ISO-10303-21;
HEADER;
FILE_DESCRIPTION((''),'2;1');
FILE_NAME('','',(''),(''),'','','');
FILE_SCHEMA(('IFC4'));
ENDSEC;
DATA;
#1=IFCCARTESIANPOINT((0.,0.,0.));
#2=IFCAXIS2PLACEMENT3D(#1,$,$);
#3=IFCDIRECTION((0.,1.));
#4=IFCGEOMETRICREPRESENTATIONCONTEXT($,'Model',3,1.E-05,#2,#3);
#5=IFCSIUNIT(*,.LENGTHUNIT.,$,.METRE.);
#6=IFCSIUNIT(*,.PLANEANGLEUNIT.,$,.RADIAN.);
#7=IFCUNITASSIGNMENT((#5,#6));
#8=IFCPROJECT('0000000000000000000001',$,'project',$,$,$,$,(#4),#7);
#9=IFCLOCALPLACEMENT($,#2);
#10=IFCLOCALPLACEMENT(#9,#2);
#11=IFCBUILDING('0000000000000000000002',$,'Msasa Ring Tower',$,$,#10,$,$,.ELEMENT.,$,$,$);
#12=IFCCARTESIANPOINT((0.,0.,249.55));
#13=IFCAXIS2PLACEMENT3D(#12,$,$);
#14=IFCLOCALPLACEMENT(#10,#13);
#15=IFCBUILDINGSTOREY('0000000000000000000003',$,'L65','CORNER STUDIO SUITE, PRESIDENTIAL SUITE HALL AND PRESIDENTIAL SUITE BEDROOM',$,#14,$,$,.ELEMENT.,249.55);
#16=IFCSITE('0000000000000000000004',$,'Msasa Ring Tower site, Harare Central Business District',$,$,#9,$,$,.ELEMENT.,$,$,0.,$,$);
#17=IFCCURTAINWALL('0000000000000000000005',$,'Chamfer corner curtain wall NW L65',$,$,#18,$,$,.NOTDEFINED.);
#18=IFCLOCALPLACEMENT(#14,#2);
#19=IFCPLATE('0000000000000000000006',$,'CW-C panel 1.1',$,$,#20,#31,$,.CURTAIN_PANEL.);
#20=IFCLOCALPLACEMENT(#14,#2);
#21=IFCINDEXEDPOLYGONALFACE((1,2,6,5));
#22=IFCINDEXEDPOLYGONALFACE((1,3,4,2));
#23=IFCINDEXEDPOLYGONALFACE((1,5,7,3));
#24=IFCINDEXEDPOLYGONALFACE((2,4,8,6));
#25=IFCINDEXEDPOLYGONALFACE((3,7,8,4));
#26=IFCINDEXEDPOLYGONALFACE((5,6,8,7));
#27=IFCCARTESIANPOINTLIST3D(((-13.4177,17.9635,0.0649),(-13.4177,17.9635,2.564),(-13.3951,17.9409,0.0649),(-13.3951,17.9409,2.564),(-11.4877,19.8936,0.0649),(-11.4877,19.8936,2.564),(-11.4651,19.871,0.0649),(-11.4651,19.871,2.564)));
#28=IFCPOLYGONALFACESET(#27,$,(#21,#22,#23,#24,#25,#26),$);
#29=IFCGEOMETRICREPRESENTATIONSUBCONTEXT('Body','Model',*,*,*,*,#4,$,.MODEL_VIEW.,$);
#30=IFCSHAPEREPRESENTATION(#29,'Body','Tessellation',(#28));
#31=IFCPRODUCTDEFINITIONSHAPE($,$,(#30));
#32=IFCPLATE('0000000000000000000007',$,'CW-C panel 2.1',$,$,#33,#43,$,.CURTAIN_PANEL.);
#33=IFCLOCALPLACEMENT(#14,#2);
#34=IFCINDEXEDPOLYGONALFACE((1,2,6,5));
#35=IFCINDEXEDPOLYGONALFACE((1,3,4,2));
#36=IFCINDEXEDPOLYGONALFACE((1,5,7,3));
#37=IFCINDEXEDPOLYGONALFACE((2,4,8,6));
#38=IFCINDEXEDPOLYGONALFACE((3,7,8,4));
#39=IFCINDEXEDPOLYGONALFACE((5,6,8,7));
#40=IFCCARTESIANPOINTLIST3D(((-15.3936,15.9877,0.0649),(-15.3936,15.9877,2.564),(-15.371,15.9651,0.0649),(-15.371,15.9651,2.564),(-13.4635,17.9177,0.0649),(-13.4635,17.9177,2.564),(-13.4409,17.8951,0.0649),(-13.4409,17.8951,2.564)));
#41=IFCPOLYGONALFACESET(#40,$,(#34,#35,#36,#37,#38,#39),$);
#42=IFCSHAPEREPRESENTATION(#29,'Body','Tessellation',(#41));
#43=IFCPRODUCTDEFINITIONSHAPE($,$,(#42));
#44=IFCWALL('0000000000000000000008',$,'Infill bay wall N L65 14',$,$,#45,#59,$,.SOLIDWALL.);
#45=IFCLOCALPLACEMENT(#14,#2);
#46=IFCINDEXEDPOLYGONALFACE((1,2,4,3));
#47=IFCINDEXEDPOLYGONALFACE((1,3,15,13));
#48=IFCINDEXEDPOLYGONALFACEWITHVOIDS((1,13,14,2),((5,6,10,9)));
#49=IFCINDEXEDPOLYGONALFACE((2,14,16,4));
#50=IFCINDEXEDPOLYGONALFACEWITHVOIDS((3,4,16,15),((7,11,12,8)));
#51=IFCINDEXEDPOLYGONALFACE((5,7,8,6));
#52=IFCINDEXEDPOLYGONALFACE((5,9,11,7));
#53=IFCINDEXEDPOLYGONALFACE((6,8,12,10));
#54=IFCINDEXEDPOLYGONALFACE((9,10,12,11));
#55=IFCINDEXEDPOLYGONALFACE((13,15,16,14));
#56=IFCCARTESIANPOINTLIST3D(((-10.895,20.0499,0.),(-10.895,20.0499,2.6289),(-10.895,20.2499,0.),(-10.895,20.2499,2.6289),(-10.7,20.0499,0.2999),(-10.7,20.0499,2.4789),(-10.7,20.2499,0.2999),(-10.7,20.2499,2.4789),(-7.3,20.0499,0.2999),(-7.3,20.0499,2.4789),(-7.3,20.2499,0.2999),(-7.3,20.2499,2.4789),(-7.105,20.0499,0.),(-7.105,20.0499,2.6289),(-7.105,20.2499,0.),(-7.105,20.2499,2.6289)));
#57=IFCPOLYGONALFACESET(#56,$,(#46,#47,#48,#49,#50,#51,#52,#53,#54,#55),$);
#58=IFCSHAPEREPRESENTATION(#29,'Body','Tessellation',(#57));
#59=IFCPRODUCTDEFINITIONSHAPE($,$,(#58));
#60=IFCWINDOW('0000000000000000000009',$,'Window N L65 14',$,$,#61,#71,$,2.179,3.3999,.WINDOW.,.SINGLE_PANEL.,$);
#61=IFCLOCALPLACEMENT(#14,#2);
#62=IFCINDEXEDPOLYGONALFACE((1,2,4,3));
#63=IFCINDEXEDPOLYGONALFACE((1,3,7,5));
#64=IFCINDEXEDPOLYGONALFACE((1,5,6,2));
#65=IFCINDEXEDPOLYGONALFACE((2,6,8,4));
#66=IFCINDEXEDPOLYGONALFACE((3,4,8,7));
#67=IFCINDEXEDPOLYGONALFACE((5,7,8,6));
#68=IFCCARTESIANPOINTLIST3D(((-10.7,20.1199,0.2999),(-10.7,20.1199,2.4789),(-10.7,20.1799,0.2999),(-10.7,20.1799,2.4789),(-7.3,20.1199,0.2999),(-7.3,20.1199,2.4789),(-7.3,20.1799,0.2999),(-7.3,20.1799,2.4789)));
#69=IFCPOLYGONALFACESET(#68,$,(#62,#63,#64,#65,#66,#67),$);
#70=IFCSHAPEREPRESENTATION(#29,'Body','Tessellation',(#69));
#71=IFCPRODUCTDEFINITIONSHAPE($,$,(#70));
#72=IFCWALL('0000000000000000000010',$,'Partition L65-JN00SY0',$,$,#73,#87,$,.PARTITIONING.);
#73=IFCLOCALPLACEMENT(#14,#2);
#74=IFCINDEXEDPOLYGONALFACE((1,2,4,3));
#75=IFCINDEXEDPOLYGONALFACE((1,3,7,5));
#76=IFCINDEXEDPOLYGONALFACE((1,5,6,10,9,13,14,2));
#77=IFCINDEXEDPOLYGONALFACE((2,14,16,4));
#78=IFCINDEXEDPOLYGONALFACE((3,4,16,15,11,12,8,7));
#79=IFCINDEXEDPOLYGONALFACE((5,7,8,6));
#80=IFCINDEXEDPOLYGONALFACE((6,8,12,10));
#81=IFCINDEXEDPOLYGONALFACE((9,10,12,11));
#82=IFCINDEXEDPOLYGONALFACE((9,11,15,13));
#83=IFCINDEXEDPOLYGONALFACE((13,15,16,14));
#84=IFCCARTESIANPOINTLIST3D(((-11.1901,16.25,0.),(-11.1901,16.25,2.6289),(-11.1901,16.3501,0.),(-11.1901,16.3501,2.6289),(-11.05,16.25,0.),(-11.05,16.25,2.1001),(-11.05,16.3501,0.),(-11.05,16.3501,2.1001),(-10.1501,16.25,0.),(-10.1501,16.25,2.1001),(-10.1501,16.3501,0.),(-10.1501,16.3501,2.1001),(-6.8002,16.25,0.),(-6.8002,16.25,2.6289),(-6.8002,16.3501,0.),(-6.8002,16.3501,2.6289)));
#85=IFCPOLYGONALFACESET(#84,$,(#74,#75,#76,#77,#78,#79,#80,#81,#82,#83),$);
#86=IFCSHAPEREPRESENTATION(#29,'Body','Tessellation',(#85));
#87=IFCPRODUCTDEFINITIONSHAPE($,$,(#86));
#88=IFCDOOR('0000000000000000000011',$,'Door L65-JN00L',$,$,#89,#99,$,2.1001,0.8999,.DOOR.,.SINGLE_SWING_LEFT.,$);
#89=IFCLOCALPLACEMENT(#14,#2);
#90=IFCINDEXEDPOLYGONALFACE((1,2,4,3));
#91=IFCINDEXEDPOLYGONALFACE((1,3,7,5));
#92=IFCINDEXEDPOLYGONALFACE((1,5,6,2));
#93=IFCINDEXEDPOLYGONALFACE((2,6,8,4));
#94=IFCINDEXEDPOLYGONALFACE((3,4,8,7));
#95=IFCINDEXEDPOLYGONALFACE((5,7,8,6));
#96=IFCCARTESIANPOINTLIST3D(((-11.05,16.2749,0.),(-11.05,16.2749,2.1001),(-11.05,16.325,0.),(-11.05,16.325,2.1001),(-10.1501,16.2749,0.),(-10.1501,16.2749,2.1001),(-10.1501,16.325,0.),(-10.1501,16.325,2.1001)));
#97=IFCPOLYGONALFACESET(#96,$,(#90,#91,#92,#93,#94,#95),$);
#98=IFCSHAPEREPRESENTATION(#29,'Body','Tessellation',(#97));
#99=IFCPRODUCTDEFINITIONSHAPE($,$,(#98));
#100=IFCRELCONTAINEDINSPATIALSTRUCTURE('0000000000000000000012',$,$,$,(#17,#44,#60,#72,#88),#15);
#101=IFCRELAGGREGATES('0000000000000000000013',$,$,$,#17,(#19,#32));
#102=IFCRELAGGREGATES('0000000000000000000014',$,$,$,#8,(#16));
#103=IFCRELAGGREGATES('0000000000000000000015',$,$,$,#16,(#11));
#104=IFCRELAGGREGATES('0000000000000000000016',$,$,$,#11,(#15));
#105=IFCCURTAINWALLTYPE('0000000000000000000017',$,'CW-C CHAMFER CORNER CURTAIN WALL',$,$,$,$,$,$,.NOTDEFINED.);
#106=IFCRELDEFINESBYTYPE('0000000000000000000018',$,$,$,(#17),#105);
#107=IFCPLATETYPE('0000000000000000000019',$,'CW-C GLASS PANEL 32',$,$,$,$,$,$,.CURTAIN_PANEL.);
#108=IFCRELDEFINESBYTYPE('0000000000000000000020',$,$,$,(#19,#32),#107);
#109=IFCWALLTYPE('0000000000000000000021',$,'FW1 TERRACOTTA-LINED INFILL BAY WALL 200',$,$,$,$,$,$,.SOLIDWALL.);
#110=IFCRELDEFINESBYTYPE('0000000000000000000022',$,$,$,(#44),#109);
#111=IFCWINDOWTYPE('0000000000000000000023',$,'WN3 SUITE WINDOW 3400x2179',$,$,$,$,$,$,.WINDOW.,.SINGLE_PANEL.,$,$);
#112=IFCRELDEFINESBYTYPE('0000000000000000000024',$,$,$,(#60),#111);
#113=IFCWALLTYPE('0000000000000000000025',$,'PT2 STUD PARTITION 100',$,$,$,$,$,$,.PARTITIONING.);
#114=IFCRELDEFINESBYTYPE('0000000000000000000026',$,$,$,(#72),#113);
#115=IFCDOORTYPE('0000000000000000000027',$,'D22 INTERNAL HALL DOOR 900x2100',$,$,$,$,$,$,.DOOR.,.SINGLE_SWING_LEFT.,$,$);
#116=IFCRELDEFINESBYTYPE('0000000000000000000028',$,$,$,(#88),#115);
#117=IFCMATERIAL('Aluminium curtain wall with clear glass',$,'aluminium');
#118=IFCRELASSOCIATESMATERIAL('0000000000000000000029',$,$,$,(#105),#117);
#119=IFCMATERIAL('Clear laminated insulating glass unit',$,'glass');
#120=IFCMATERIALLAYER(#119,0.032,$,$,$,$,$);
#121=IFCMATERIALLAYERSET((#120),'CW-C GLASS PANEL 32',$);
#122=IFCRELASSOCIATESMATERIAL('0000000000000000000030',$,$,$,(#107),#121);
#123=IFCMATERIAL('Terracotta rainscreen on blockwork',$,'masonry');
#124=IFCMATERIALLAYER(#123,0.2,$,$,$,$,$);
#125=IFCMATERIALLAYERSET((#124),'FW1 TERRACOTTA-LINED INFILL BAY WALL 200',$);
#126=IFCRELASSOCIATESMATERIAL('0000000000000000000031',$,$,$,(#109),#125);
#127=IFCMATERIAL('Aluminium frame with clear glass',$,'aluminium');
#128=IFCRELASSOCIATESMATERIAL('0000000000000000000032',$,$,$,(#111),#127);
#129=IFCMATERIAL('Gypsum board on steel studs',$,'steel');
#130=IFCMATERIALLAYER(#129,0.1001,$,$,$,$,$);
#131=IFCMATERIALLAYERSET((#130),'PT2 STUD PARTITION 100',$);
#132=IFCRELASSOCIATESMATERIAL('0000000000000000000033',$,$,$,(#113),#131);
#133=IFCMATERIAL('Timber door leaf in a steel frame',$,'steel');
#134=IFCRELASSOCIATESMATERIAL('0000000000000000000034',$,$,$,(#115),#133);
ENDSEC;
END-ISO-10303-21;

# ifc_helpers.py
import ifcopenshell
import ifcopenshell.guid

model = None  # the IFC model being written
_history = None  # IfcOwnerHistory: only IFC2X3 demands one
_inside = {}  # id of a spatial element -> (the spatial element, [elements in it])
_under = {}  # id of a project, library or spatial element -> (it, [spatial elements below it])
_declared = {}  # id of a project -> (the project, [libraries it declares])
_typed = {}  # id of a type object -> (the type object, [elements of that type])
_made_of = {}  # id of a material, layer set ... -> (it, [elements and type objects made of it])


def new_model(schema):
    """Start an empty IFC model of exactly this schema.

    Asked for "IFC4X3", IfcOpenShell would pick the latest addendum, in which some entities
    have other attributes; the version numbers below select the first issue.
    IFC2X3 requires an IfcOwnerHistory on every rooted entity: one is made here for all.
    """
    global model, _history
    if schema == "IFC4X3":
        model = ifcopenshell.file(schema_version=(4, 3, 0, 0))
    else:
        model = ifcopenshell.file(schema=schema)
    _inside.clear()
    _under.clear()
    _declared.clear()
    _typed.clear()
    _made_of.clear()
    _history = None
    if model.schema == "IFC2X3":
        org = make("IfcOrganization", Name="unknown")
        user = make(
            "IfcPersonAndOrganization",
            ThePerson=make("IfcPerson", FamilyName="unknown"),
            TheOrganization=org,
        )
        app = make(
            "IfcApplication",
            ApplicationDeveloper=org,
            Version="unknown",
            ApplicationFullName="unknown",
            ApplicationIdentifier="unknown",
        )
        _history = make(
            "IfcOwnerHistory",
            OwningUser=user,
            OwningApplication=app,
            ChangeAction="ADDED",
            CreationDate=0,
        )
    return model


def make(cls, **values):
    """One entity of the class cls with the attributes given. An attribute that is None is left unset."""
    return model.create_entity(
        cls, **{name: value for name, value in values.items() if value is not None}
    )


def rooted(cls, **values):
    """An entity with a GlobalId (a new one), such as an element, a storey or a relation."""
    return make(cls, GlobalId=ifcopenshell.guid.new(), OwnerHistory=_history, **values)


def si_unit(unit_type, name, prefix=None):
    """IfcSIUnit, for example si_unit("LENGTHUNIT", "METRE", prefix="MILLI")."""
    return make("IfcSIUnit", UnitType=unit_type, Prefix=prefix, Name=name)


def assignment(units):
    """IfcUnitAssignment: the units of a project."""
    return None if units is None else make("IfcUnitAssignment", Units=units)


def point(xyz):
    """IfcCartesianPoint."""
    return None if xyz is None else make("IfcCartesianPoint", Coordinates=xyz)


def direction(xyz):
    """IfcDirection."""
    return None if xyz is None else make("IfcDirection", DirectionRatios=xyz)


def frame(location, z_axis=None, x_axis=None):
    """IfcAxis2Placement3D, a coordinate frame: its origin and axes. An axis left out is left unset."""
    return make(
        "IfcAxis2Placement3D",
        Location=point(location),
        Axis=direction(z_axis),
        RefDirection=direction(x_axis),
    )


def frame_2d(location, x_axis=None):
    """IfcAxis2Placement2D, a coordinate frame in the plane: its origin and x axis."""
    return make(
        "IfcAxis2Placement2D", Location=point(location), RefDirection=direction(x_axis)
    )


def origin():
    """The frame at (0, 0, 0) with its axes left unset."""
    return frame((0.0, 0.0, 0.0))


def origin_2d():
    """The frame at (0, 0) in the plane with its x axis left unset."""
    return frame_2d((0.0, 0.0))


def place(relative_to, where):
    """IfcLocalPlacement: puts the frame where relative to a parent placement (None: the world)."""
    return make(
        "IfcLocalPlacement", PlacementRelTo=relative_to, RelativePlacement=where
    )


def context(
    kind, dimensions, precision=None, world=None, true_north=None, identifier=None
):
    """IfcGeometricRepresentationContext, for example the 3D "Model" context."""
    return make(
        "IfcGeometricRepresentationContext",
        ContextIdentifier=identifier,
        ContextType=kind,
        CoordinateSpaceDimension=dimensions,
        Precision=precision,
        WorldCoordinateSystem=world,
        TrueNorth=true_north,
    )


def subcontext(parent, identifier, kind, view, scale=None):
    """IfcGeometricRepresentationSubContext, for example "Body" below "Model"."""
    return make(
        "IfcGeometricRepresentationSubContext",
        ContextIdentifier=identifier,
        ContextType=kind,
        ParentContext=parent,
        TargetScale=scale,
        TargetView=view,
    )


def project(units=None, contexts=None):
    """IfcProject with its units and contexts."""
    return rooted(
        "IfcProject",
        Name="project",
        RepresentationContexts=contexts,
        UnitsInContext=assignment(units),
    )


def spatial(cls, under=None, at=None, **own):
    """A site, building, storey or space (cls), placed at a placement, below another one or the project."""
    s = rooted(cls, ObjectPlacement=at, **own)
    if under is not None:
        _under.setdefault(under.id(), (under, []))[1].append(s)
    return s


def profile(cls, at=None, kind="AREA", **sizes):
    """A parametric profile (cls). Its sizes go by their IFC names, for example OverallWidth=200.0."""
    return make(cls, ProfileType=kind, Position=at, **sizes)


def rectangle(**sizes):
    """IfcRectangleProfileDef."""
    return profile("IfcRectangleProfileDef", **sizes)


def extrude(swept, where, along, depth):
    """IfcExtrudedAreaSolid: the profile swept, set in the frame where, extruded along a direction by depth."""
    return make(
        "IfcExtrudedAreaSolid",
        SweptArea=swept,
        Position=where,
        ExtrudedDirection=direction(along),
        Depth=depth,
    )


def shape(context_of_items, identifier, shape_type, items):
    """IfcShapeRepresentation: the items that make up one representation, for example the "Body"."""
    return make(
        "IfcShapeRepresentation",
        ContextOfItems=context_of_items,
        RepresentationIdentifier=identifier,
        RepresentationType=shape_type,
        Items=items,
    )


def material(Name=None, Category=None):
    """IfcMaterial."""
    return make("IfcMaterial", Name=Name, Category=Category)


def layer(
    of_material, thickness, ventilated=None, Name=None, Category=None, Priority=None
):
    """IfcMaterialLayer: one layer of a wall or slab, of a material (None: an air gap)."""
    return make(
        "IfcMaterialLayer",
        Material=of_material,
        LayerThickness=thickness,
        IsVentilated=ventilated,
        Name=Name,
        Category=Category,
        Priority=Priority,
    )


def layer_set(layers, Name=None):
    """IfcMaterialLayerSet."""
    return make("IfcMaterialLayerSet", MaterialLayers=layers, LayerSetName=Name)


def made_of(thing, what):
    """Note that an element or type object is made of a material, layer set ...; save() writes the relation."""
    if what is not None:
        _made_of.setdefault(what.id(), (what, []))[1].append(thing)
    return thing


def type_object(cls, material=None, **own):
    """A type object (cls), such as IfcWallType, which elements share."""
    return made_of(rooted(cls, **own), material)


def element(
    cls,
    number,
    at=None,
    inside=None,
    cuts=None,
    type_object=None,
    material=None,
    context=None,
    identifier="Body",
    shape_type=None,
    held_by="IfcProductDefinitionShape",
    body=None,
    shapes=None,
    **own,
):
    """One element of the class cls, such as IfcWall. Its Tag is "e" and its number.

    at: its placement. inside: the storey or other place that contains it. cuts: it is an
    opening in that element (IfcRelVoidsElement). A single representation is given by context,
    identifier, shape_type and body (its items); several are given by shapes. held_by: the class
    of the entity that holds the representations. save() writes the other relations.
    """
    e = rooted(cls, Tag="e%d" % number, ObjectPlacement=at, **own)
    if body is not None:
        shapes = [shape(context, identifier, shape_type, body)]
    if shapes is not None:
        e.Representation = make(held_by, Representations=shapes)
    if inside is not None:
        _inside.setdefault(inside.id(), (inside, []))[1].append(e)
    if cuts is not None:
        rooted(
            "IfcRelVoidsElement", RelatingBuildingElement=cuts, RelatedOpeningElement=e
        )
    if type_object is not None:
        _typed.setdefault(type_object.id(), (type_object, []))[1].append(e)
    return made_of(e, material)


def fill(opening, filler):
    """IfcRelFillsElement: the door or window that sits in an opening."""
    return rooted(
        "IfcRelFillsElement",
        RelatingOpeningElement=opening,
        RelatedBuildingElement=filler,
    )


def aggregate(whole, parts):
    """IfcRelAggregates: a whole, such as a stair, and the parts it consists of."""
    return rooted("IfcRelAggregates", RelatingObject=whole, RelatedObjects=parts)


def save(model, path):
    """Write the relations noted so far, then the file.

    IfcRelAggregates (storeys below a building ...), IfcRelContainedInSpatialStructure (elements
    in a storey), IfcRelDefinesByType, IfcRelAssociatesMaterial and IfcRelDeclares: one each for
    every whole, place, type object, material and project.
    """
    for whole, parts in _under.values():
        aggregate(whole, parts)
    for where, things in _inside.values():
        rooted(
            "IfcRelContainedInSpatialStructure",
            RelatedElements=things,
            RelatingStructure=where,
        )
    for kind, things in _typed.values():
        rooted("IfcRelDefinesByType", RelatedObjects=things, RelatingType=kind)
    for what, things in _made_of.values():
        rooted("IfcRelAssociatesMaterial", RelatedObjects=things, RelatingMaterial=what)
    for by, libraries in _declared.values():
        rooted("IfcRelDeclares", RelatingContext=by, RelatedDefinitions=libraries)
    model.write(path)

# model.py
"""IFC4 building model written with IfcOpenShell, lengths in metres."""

from ifc_helpers import new_model, si_unit, direction, frame, frame_2d, origin, origin_2d, place, context, subcontext, project, spatial, rectangle, extrude, material, layer, layer_set, type_object, element, fill, aggregate, save


model = new_model("IFC4")

# Units and contexts
model_context = context("Model", 3, precision=1e-05, world=origin(), true_north=direction((0.0, 1.0)))
body_context = subcontext(model_context, "Body", "Model", "MODEL_VIEW")
ifc_project = project(units=[si_unit("LENGTHUNIT", "METRE"), si_unit("PLANEANGLEUNIT", "RADIAN")], contexts=[model_context])

# Site, building, storey
site_placement = place(None, origin())
site = spatial("IfcSite", under=ifc_project, at=site_placement, Name="Msasa Ring Tower site, Harare Central Business District", CompositionType="ELEMENT", RefElevation=0.0)
building_placement = place(site_placement, origin())
building = spatial("IfcBuilding", under=site, at=building_placement, Name="Msasa Ring Tower", CompositionType="ELEMENT")
storey_placement = place(building_placement, frame((0.0, 0.0, 249.55)))
storey = spatial("IfcBuildingStorey", under=building, at=storey_placement, Name="L65", Description="CORNER STUDIO SUITE, PRESIDENTIAL SUITE HALL AND PRESIDENTIAL SUITE BEDROOM", CompositionType="ELEMENT", Elevation=249.55)

# Curtain wall
ifc_material_1 = material(Name="Aluminium curtain wall with clear glass", Category="aluminium")
curtain_wall_type = type_object("IfcCurtainWallType", Name="CW-C CHAMFER CORNER CURTAIN WALL", PredefinedType="NOTDEFINED", material=ifc_material_1)
curtain_wall_1_placement = place(storey_placement, origin())
curtain_wall_1 = element("IfcCurtainWall", 1, at=curtain_wall_1_placement, inside=storey, type_object=curtain_wall_type, Name="Chamfer corner curtain wall NW L65", PredefinedType="NOTDEFINED")

# Plates
ifc_material_2 = material(Name="Clear laminated insulating glass unit", Category="glass")
ifc_layer_1 = layer(ifc_material_2, 0.032)
ifc_layer_set_1 = layer_set([ifc_layer_1], Name="CW-C GLASS PANEL 32")
plate_type = type_object("IfcPlateType", Name="CW-C GLASS PANEL 32", PredefinedType="CURTAIN_PANEL", material=ifc_layer_set_1)
plate_1_placement = place(storey_placement, frame((-12.4414, 18.9172, 0.0649), z_axis=(0.0, 0.0, 1.0), x_axis=(-0.707107, -0.707107, 0.0)))
plate_1 = element("IfcPlate", 2, at=plate_1_placement, type_object=plate_type, Name="CW-C panel 1.1", PredefinedType="CURTAIN_PANEL", context=body_context, shape_type="SweptSolid", body=[
    extrude(rectangle(XDim=2.7295, YDim=0.032, at=origin_2d()), origin(), (0.0, 0.0, 1.0), 2.499),
])
plate_2_placement = place(storey_placement, frame((-14.4172, 16.9414, 0.0649), z_axis=(0.0, 0.0, 1.0), x_axis=(-0.707107, -0.707107, 0.0)))
plate_2 = element("IfcPlate", 3, at=plate_2_placement, type_object=plate_type, Name="CW-C panel 2.1", PredefinedType="CURTAIN_PANEL", context=body_context, shape_type="SweptSolid", body=[
    extrude(rectangle(XDim=2.7295, YDim=0.032, at=origin_2d()), origin(), (0.0, 0.0, 1.0), 2.499),
])
aggregate(curtain_wall_1, [plate_1, plate_2])

# Wall, opening, window
ifc_material_3 = material(Name="Terracotta rainscreen on blockwork", Category="masonry")
ifc_layer_2 = layer(ifc_material_3, 0.2)
ifc_layer_set_2 = layer_set([ifc_layer_2], Name="FW1 TERRACOTTA-LINED INFILL BAY WALL 200")
wall_type_1 = type_object("IfcWallType", Name="FW1 TERRACOTTA-LINED INFILL BAY WALL 200", PredefinedType="SOLIDWALL", material=ifc_layer_set_2)
wall_1_placement = place(storey_placement, frame((-10.895, 20.1499, 0.0), z_axis=(0.0, 0.0, 1.0), x_axis=(1.0, 0.0, 0.0)))
wall_1 = element("IfcWall", 4, at=wall_1_placement, inside=storey, type_object=wall_type_1, Name="Infill bay wall N L65 14", PredefinedType="SOLIDWALL", context=body_context, shape_type="SweptSolid", body=[
    extrude(rectangle(XDim=3.79, YDim=0.2, at=frame_2d((1.895, 0.0))), origin(), (0.0, 0.0, 1.0), 2.6289),
])
opening_1_placement = place(wall_1_placement, frame((0.1951, 0.0, 0.3)))
opening_1 = element("IfcOpeningElement", 5, at=opening_1_placement, cuts=wall_1, PredefinedType="OPENING", context=body_context, shape_type="SweptSolid", body=[
    extrude(rectangle(XDim=3.3999, YDim=2.179, at=frame_2d((1.7, 1.0894))), frame((0.0, 0.1099, 0.0), z_axis=(0.0, -1.0, 0.0), x_axis=(1.0, 0.0, 0.0)), (0.0, 0.0, 1.0), 0.22),
])
ifc_material_4 = material(Name="Aluminium frame with clear glass", Category="aluminium")
window_type = type_object("IfcWindowType", Name="WN3 SUITE WINDOW 3400x2179", PartitioningType="SINGLE_PANEL", PredefinedType="WINDOW", material=ifc_material_4)
window_placement = place(opening_1_placement, origin())
window = element("IfcWindow", 6, at=window_placement, inside=storey, type_object=window_type, Name="Window N L65 14", OverallHeight=2.179, OverallWidth=3.3999, PartitioningType="SINGLE_PANEL", PredefinedType="WINDOW", context=body_context, shape_type="SweptSolid", body=[
    extrude(rectangle(XDim=3.3999, YDim=2.179, at=frame_2d((1.7, 1.0894))), frame((0.0, 0.03, 0.0), z_axis=(0.0, -1.0, 0.0), x_axis=(1.0, 0.0, 0.0)), (0.0, 0.0, 1.0), 0.0601),
])
fill(opening_1, window)

# Wall, opening, door
ifc_material_5 = material(Name="Gypsum board on steel studs", Category="steel")
ifc_layer_3 = layer(ifc_material_5, 0.1001)
ifc_layer_set_3 = layer_set([ifc_layer_3], Name="PT2 STUD PARTITION 100")
wall_type_2 = type_object("IfcWallType", Name="PT2 STUD PARTITION 100", PredefinedType="PARTITIONING", material=ifc_layer_set_3)
wall_2_placement = place(storey_placement, frame((-11.1899, 16.3, 0.0), z_axis=(0.0, 0.0, 1.0), x_axis=(1.0, 0.0, 0.0)))
wall_2 = element("IfcWall", 7, at=wall_2_placement, inside=storey, type_object=wall_type_2, Name="Partition L65-JN00SY0", PredefinedType="PARTITIONING", context=body_context, shape_type="SweptSolid", body=[
    extrude(rectangle(XDim=4.3899, YDim=0.1001, at=frame_2d((2.1948, 0.0))), origin(), (0.0, 0.0, 1.0), 2.6289),
])
opening_2_placement = place(wall_2_placement, frame((0.1399, 0.0, 0.0)))
opening_2 = element("IfcOpeningElement", 8, at=opening_2_placement, cuts=wall_2, PredefinedType="OPENING", context=body_context, shape_type="SweptSolid", body=[
    extrude(rectangle(XDim=0.8999, YDim=2.1001, at=frame_2d((0.45, 1.05))), frame((0.0, 0.0601, 0.0), z_axis=(0.0, -1.0, 0.0), x_axis=(1.0, 0.0, 0.0)), (0.0, 0.0, 1.0), 0.1201),
])
ifc_material_6 = material(Name="Timber door leaf in a steel frame", Category="steel")
door_type = type_object("IfcDoorType", Name="D22 INTERNAL HALL DOOR 900x2100", OperationType="SINGLE_SWING_LEFT", PredefinedType="DOOR", material=ifc_material_6)
door_placement = place(opening_2_placement, origin())
door = element("IfcDoor", 9, at=door_placement, inside=storey, type_object=door_type, Name="Door L65-JN00L", OperationType="SINGLE_SWING_LEFT", OverallHeight=2.1001, OverallWidth=0.8999, PredefinedType="DOOR", context=body_context, shape_type="SweptSolid", body=[
    extrude(rectangle(XDim=0.8999, YDim=2.1001, at=frame_2d((0.45, 1.05))), frame((0.0, 0.0249, 0.0), z_axis=(0.0, -1.0, 0.0), x_axis=(1.0, 0.0, 0.0)), (0.0, 0.0, 1.0), 0.05),
])
fill(opening_2, door)

save(model, "model.ifc")
